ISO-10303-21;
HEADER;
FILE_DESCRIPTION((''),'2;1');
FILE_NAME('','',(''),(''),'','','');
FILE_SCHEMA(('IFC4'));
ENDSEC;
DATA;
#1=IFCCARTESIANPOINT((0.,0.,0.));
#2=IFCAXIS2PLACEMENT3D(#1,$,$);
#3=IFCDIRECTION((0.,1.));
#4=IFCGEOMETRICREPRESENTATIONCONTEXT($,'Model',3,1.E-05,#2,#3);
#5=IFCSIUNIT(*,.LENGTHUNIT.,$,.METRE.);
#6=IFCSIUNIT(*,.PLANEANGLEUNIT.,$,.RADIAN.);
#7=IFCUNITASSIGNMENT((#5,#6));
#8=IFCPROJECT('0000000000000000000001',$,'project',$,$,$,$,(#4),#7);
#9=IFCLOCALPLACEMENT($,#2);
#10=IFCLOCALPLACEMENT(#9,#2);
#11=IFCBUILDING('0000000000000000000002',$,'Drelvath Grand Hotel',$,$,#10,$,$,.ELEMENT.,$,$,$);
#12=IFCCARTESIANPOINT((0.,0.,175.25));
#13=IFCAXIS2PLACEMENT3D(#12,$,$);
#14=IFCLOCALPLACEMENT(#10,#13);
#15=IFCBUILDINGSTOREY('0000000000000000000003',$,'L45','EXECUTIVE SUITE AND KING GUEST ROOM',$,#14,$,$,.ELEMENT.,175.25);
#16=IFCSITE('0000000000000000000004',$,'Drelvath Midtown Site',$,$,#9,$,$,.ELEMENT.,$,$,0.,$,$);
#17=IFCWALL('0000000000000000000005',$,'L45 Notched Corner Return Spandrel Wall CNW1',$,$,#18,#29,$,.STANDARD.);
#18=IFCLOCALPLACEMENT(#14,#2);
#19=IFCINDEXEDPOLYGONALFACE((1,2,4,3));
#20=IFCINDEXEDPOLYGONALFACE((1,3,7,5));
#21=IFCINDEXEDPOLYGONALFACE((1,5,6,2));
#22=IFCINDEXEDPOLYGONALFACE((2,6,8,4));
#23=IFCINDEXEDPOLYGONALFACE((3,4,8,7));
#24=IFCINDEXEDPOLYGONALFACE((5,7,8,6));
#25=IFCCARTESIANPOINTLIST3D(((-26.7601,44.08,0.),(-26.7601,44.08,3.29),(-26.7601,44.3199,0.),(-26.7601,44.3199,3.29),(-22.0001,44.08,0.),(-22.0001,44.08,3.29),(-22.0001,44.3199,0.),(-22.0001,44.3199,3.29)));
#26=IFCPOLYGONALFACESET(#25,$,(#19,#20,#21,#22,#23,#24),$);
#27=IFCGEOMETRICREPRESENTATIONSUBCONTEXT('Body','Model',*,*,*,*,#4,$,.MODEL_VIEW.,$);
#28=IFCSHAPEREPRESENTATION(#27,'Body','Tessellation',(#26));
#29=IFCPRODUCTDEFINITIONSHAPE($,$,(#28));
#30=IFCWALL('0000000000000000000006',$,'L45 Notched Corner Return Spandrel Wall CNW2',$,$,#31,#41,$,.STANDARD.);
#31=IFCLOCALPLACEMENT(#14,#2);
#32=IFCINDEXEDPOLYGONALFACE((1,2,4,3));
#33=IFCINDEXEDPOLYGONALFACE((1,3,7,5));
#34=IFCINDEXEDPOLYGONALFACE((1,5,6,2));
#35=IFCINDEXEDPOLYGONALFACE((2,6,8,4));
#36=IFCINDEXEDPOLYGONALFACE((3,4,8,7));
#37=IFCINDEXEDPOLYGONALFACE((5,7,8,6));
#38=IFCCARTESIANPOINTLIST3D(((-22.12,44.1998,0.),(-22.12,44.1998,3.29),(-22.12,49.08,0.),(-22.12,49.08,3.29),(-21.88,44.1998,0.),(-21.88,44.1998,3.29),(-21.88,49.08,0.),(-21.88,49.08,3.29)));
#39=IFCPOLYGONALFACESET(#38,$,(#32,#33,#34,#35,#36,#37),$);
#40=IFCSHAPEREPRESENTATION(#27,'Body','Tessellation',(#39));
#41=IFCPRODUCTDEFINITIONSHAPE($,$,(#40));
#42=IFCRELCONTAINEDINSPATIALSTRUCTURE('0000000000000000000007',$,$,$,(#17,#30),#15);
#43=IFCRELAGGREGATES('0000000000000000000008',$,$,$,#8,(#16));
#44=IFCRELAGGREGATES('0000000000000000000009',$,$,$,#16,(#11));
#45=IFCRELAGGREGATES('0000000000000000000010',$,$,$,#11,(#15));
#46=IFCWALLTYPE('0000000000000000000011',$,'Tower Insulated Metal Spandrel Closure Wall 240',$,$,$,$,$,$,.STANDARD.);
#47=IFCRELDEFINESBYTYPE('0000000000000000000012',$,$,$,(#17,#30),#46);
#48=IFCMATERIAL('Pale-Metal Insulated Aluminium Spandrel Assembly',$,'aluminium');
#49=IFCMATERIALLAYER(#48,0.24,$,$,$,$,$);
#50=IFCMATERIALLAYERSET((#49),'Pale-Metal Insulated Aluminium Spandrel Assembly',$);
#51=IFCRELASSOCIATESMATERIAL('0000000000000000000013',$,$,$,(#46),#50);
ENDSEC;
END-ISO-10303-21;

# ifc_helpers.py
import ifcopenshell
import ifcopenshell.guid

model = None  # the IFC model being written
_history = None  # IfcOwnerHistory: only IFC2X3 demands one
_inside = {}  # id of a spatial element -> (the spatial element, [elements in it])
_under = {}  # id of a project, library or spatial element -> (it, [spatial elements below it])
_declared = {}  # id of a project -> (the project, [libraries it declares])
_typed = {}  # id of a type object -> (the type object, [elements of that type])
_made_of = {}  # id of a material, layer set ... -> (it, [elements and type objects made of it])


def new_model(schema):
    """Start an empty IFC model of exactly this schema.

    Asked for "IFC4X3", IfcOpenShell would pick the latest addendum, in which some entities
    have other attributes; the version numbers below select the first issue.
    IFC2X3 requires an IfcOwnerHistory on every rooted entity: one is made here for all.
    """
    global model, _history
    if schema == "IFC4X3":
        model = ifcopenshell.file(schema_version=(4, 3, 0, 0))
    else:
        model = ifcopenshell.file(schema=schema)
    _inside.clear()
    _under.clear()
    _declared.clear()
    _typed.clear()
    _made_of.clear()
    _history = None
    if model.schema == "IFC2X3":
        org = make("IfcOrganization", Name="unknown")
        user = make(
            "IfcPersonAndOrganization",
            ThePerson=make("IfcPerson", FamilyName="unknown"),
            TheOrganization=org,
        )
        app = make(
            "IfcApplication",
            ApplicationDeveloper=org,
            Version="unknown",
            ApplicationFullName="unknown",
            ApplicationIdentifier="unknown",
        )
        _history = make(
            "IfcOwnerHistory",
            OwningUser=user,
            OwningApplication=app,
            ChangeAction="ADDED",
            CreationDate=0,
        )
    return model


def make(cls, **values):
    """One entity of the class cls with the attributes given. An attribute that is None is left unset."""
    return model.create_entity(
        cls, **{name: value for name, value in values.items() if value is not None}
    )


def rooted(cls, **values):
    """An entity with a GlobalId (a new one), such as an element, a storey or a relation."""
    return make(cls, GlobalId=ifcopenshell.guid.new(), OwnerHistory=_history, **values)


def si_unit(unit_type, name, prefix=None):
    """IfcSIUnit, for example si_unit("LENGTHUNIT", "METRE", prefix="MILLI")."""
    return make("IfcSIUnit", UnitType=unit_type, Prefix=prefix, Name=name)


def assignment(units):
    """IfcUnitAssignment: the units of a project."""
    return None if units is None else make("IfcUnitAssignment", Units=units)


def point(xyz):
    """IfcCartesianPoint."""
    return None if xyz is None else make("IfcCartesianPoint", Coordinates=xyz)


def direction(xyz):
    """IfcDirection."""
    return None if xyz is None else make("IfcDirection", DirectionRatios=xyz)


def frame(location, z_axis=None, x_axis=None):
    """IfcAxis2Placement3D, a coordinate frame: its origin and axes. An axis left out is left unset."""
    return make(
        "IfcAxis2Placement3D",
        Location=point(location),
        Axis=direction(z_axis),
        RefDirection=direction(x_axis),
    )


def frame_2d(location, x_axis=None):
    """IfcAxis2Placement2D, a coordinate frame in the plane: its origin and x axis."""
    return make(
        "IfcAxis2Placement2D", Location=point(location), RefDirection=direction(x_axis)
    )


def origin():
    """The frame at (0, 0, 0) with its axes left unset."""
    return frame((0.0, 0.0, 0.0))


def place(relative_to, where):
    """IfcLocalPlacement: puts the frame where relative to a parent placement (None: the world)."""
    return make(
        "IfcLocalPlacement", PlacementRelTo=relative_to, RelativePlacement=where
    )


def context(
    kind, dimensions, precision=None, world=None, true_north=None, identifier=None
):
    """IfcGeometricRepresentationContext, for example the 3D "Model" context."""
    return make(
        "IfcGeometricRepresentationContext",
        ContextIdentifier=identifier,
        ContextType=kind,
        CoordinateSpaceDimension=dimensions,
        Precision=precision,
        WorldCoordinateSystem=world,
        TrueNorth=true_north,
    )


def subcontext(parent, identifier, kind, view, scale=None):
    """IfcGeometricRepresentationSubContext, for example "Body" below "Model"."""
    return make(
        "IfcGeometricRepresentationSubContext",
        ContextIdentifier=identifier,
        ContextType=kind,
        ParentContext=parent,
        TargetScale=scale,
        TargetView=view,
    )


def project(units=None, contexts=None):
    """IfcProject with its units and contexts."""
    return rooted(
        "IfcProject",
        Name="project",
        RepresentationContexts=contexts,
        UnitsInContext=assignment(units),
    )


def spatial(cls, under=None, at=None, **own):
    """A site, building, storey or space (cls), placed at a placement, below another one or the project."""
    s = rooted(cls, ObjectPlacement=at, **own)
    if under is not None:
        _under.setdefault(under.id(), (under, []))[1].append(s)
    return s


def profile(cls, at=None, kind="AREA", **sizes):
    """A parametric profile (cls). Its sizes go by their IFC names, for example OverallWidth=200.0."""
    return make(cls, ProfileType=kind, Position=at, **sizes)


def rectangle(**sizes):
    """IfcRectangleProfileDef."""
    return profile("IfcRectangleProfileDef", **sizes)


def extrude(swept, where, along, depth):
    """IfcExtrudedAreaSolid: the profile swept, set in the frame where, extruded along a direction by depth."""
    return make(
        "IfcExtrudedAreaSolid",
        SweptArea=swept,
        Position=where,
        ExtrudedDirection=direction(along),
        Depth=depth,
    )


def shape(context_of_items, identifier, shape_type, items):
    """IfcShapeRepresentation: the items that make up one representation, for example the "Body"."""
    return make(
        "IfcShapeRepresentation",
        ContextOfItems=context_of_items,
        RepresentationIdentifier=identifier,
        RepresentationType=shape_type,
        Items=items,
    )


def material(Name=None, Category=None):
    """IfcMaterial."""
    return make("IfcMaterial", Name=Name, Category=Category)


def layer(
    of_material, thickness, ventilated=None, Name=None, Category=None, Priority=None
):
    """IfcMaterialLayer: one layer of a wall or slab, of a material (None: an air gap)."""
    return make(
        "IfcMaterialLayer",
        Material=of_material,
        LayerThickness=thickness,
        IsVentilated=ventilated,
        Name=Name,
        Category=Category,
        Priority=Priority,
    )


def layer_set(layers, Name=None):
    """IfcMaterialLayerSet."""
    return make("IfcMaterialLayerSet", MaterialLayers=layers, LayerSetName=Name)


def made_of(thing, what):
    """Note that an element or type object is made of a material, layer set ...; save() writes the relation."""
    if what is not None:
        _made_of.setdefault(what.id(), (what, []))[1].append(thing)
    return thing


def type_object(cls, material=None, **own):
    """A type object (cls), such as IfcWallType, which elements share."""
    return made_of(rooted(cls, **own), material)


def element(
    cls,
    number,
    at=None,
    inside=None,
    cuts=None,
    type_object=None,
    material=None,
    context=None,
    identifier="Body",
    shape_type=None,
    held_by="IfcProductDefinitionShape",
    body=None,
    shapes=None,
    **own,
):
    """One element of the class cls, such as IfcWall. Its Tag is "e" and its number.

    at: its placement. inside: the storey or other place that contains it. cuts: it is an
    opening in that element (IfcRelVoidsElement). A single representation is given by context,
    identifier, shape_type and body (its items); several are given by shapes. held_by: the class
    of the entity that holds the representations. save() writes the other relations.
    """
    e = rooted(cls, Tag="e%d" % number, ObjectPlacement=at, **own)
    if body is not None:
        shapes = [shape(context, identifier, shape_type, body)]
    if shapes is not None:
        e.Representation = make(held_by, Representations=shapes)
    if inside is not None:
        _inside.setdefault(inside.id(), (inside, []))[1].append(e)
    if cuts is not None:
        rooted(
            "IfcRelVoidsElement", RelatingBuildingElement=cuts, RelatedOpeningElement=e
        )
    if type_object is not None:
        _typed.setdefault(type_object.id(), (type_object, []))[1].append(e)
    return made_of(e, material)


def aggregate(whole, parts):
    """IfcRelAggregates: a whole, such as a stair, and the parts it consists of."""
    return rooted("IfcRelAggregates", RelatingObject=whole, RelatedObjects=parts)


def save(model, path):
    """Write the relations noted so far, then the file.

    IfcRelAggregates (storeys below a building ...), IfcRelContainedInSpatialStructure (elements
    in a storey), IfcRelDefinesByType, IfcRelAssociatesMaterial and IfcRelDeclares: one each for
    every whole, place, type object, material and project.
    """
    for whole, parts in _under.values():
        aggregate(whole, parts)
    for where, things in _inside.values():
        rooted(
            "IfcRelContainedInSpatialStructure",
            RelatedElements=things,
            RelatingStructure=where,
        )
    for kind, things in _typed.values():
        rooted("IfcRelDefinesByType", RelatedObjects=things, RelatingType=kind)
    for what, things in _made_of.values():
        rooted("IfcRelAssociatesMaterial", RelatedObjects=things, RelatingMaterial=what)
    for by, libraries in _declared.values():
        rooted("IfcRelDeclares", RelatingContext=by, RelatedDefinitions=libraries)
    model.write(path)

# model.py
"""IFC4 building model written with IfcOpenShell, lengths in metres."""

from ifc_helpers import new_model, si_unit, direction, frame, frame_2d, origin, place, context, subcontext, project, spatial, rectangle, extrude, material, layer, layer_set, type_object, element, save


model = new_model("IFC4")

# Units and contexts
model_context = context("Model", 3, precision=1e-05, world=origin(), true_north=direction((0.0, 1.0)))
body_context = subcontext(model_context, "Body", "Model", "MODEL_VIEW")
ifc_project = project(units=[si_unit("LENGTHUNIT", "METRE"), si_unit("PLANEANGLEUNIT", "RADIAN")], contexts=[model_context])

# Site, building, storey
site_placement = place(None, origin())
site = spatial("IfcSite", under=ifc_project, at=site_placement, Name="Drelvath Midtown Site", CompositionType="ELEMENT", RefElevation=0.0)
building_placement = place(site_placement, origin())
building = spatial("IfcBuilding", under=site, at=building_placement, Name="Drelvath Grand Hotel", CompositionType="ELEMENT")
storey_placement = place(building_placement, frame((0.0, 0.0, 175.25)))
storey = spatial("IfcBuildingStorey", under=building, at=storey_placement, Name="L45", Description="EXECUTIVE SUITE AND KING GUEST ROOM", CompositionType="ELEMENT", Elevation=175.25)

# Walls
ifc_material_1 = material(Name="Pale-Metal Insulated Aluminium Spandrel Assembly", Category="aluminium")
ifc_layer_1 = layer(ifc_material_1, 0.24)
ifc_layer_set_1 = layer_set([ifc_layer_1], Name="Pale-Metal Insulated Aluminium Spandrel Assembly")
wall_type_1 = type_object("IfcWallType", Name="Tower Insulated Metal Spandrel Closure Wall 240", PredefinedType="STANDARD", material=ifc_layer_set_1)
wall_1_placement = place(storey_placement, frame((-26.76, 44.2, 0.0), z_axis=(0.0, 0.0, 1.0), x_axis=(1.0, 0.0, 0.0)))
element("IfcWall", 1, at=wall_1_placement, inside=storey, type_object=wall_type_1, Name="L45 Notched Corner Return Spandrel Wall CNW1", PredefinedType="STANDARD", context=body_context, shape_type="SweptSolid", body=[
    extrude(rectangle(XDim=4.76, YDim=0.24, at=frame_2d((2.3799, 0.0))), origin(), (0.0, 0.0, 1.0), 3.29),
])
wall_2_placement = place(storey_placement, frame((-22.0, 44.2, 0.0), z_axis=(0.0, 0.0, 1.0), x_axis=(0.0, 1.0, 0.0)))
element("IfcWall", 2, at=wall_2_placement, inside=storey, type_object=wall_type_1, Name="L45 Notched Corner Return Spandrel Wall CNW2", PredefinedType="STANDARD", context=body_context, shape_type="SweptSolid", body=[
    extrude(rectangle(XDim=4.8801, YDim=0.24, at=frame_2d((2.4399, 0.0))), origin(), (0.0, 0.0, 1.0), 3.29),
])

save(model, "model.ifc")
